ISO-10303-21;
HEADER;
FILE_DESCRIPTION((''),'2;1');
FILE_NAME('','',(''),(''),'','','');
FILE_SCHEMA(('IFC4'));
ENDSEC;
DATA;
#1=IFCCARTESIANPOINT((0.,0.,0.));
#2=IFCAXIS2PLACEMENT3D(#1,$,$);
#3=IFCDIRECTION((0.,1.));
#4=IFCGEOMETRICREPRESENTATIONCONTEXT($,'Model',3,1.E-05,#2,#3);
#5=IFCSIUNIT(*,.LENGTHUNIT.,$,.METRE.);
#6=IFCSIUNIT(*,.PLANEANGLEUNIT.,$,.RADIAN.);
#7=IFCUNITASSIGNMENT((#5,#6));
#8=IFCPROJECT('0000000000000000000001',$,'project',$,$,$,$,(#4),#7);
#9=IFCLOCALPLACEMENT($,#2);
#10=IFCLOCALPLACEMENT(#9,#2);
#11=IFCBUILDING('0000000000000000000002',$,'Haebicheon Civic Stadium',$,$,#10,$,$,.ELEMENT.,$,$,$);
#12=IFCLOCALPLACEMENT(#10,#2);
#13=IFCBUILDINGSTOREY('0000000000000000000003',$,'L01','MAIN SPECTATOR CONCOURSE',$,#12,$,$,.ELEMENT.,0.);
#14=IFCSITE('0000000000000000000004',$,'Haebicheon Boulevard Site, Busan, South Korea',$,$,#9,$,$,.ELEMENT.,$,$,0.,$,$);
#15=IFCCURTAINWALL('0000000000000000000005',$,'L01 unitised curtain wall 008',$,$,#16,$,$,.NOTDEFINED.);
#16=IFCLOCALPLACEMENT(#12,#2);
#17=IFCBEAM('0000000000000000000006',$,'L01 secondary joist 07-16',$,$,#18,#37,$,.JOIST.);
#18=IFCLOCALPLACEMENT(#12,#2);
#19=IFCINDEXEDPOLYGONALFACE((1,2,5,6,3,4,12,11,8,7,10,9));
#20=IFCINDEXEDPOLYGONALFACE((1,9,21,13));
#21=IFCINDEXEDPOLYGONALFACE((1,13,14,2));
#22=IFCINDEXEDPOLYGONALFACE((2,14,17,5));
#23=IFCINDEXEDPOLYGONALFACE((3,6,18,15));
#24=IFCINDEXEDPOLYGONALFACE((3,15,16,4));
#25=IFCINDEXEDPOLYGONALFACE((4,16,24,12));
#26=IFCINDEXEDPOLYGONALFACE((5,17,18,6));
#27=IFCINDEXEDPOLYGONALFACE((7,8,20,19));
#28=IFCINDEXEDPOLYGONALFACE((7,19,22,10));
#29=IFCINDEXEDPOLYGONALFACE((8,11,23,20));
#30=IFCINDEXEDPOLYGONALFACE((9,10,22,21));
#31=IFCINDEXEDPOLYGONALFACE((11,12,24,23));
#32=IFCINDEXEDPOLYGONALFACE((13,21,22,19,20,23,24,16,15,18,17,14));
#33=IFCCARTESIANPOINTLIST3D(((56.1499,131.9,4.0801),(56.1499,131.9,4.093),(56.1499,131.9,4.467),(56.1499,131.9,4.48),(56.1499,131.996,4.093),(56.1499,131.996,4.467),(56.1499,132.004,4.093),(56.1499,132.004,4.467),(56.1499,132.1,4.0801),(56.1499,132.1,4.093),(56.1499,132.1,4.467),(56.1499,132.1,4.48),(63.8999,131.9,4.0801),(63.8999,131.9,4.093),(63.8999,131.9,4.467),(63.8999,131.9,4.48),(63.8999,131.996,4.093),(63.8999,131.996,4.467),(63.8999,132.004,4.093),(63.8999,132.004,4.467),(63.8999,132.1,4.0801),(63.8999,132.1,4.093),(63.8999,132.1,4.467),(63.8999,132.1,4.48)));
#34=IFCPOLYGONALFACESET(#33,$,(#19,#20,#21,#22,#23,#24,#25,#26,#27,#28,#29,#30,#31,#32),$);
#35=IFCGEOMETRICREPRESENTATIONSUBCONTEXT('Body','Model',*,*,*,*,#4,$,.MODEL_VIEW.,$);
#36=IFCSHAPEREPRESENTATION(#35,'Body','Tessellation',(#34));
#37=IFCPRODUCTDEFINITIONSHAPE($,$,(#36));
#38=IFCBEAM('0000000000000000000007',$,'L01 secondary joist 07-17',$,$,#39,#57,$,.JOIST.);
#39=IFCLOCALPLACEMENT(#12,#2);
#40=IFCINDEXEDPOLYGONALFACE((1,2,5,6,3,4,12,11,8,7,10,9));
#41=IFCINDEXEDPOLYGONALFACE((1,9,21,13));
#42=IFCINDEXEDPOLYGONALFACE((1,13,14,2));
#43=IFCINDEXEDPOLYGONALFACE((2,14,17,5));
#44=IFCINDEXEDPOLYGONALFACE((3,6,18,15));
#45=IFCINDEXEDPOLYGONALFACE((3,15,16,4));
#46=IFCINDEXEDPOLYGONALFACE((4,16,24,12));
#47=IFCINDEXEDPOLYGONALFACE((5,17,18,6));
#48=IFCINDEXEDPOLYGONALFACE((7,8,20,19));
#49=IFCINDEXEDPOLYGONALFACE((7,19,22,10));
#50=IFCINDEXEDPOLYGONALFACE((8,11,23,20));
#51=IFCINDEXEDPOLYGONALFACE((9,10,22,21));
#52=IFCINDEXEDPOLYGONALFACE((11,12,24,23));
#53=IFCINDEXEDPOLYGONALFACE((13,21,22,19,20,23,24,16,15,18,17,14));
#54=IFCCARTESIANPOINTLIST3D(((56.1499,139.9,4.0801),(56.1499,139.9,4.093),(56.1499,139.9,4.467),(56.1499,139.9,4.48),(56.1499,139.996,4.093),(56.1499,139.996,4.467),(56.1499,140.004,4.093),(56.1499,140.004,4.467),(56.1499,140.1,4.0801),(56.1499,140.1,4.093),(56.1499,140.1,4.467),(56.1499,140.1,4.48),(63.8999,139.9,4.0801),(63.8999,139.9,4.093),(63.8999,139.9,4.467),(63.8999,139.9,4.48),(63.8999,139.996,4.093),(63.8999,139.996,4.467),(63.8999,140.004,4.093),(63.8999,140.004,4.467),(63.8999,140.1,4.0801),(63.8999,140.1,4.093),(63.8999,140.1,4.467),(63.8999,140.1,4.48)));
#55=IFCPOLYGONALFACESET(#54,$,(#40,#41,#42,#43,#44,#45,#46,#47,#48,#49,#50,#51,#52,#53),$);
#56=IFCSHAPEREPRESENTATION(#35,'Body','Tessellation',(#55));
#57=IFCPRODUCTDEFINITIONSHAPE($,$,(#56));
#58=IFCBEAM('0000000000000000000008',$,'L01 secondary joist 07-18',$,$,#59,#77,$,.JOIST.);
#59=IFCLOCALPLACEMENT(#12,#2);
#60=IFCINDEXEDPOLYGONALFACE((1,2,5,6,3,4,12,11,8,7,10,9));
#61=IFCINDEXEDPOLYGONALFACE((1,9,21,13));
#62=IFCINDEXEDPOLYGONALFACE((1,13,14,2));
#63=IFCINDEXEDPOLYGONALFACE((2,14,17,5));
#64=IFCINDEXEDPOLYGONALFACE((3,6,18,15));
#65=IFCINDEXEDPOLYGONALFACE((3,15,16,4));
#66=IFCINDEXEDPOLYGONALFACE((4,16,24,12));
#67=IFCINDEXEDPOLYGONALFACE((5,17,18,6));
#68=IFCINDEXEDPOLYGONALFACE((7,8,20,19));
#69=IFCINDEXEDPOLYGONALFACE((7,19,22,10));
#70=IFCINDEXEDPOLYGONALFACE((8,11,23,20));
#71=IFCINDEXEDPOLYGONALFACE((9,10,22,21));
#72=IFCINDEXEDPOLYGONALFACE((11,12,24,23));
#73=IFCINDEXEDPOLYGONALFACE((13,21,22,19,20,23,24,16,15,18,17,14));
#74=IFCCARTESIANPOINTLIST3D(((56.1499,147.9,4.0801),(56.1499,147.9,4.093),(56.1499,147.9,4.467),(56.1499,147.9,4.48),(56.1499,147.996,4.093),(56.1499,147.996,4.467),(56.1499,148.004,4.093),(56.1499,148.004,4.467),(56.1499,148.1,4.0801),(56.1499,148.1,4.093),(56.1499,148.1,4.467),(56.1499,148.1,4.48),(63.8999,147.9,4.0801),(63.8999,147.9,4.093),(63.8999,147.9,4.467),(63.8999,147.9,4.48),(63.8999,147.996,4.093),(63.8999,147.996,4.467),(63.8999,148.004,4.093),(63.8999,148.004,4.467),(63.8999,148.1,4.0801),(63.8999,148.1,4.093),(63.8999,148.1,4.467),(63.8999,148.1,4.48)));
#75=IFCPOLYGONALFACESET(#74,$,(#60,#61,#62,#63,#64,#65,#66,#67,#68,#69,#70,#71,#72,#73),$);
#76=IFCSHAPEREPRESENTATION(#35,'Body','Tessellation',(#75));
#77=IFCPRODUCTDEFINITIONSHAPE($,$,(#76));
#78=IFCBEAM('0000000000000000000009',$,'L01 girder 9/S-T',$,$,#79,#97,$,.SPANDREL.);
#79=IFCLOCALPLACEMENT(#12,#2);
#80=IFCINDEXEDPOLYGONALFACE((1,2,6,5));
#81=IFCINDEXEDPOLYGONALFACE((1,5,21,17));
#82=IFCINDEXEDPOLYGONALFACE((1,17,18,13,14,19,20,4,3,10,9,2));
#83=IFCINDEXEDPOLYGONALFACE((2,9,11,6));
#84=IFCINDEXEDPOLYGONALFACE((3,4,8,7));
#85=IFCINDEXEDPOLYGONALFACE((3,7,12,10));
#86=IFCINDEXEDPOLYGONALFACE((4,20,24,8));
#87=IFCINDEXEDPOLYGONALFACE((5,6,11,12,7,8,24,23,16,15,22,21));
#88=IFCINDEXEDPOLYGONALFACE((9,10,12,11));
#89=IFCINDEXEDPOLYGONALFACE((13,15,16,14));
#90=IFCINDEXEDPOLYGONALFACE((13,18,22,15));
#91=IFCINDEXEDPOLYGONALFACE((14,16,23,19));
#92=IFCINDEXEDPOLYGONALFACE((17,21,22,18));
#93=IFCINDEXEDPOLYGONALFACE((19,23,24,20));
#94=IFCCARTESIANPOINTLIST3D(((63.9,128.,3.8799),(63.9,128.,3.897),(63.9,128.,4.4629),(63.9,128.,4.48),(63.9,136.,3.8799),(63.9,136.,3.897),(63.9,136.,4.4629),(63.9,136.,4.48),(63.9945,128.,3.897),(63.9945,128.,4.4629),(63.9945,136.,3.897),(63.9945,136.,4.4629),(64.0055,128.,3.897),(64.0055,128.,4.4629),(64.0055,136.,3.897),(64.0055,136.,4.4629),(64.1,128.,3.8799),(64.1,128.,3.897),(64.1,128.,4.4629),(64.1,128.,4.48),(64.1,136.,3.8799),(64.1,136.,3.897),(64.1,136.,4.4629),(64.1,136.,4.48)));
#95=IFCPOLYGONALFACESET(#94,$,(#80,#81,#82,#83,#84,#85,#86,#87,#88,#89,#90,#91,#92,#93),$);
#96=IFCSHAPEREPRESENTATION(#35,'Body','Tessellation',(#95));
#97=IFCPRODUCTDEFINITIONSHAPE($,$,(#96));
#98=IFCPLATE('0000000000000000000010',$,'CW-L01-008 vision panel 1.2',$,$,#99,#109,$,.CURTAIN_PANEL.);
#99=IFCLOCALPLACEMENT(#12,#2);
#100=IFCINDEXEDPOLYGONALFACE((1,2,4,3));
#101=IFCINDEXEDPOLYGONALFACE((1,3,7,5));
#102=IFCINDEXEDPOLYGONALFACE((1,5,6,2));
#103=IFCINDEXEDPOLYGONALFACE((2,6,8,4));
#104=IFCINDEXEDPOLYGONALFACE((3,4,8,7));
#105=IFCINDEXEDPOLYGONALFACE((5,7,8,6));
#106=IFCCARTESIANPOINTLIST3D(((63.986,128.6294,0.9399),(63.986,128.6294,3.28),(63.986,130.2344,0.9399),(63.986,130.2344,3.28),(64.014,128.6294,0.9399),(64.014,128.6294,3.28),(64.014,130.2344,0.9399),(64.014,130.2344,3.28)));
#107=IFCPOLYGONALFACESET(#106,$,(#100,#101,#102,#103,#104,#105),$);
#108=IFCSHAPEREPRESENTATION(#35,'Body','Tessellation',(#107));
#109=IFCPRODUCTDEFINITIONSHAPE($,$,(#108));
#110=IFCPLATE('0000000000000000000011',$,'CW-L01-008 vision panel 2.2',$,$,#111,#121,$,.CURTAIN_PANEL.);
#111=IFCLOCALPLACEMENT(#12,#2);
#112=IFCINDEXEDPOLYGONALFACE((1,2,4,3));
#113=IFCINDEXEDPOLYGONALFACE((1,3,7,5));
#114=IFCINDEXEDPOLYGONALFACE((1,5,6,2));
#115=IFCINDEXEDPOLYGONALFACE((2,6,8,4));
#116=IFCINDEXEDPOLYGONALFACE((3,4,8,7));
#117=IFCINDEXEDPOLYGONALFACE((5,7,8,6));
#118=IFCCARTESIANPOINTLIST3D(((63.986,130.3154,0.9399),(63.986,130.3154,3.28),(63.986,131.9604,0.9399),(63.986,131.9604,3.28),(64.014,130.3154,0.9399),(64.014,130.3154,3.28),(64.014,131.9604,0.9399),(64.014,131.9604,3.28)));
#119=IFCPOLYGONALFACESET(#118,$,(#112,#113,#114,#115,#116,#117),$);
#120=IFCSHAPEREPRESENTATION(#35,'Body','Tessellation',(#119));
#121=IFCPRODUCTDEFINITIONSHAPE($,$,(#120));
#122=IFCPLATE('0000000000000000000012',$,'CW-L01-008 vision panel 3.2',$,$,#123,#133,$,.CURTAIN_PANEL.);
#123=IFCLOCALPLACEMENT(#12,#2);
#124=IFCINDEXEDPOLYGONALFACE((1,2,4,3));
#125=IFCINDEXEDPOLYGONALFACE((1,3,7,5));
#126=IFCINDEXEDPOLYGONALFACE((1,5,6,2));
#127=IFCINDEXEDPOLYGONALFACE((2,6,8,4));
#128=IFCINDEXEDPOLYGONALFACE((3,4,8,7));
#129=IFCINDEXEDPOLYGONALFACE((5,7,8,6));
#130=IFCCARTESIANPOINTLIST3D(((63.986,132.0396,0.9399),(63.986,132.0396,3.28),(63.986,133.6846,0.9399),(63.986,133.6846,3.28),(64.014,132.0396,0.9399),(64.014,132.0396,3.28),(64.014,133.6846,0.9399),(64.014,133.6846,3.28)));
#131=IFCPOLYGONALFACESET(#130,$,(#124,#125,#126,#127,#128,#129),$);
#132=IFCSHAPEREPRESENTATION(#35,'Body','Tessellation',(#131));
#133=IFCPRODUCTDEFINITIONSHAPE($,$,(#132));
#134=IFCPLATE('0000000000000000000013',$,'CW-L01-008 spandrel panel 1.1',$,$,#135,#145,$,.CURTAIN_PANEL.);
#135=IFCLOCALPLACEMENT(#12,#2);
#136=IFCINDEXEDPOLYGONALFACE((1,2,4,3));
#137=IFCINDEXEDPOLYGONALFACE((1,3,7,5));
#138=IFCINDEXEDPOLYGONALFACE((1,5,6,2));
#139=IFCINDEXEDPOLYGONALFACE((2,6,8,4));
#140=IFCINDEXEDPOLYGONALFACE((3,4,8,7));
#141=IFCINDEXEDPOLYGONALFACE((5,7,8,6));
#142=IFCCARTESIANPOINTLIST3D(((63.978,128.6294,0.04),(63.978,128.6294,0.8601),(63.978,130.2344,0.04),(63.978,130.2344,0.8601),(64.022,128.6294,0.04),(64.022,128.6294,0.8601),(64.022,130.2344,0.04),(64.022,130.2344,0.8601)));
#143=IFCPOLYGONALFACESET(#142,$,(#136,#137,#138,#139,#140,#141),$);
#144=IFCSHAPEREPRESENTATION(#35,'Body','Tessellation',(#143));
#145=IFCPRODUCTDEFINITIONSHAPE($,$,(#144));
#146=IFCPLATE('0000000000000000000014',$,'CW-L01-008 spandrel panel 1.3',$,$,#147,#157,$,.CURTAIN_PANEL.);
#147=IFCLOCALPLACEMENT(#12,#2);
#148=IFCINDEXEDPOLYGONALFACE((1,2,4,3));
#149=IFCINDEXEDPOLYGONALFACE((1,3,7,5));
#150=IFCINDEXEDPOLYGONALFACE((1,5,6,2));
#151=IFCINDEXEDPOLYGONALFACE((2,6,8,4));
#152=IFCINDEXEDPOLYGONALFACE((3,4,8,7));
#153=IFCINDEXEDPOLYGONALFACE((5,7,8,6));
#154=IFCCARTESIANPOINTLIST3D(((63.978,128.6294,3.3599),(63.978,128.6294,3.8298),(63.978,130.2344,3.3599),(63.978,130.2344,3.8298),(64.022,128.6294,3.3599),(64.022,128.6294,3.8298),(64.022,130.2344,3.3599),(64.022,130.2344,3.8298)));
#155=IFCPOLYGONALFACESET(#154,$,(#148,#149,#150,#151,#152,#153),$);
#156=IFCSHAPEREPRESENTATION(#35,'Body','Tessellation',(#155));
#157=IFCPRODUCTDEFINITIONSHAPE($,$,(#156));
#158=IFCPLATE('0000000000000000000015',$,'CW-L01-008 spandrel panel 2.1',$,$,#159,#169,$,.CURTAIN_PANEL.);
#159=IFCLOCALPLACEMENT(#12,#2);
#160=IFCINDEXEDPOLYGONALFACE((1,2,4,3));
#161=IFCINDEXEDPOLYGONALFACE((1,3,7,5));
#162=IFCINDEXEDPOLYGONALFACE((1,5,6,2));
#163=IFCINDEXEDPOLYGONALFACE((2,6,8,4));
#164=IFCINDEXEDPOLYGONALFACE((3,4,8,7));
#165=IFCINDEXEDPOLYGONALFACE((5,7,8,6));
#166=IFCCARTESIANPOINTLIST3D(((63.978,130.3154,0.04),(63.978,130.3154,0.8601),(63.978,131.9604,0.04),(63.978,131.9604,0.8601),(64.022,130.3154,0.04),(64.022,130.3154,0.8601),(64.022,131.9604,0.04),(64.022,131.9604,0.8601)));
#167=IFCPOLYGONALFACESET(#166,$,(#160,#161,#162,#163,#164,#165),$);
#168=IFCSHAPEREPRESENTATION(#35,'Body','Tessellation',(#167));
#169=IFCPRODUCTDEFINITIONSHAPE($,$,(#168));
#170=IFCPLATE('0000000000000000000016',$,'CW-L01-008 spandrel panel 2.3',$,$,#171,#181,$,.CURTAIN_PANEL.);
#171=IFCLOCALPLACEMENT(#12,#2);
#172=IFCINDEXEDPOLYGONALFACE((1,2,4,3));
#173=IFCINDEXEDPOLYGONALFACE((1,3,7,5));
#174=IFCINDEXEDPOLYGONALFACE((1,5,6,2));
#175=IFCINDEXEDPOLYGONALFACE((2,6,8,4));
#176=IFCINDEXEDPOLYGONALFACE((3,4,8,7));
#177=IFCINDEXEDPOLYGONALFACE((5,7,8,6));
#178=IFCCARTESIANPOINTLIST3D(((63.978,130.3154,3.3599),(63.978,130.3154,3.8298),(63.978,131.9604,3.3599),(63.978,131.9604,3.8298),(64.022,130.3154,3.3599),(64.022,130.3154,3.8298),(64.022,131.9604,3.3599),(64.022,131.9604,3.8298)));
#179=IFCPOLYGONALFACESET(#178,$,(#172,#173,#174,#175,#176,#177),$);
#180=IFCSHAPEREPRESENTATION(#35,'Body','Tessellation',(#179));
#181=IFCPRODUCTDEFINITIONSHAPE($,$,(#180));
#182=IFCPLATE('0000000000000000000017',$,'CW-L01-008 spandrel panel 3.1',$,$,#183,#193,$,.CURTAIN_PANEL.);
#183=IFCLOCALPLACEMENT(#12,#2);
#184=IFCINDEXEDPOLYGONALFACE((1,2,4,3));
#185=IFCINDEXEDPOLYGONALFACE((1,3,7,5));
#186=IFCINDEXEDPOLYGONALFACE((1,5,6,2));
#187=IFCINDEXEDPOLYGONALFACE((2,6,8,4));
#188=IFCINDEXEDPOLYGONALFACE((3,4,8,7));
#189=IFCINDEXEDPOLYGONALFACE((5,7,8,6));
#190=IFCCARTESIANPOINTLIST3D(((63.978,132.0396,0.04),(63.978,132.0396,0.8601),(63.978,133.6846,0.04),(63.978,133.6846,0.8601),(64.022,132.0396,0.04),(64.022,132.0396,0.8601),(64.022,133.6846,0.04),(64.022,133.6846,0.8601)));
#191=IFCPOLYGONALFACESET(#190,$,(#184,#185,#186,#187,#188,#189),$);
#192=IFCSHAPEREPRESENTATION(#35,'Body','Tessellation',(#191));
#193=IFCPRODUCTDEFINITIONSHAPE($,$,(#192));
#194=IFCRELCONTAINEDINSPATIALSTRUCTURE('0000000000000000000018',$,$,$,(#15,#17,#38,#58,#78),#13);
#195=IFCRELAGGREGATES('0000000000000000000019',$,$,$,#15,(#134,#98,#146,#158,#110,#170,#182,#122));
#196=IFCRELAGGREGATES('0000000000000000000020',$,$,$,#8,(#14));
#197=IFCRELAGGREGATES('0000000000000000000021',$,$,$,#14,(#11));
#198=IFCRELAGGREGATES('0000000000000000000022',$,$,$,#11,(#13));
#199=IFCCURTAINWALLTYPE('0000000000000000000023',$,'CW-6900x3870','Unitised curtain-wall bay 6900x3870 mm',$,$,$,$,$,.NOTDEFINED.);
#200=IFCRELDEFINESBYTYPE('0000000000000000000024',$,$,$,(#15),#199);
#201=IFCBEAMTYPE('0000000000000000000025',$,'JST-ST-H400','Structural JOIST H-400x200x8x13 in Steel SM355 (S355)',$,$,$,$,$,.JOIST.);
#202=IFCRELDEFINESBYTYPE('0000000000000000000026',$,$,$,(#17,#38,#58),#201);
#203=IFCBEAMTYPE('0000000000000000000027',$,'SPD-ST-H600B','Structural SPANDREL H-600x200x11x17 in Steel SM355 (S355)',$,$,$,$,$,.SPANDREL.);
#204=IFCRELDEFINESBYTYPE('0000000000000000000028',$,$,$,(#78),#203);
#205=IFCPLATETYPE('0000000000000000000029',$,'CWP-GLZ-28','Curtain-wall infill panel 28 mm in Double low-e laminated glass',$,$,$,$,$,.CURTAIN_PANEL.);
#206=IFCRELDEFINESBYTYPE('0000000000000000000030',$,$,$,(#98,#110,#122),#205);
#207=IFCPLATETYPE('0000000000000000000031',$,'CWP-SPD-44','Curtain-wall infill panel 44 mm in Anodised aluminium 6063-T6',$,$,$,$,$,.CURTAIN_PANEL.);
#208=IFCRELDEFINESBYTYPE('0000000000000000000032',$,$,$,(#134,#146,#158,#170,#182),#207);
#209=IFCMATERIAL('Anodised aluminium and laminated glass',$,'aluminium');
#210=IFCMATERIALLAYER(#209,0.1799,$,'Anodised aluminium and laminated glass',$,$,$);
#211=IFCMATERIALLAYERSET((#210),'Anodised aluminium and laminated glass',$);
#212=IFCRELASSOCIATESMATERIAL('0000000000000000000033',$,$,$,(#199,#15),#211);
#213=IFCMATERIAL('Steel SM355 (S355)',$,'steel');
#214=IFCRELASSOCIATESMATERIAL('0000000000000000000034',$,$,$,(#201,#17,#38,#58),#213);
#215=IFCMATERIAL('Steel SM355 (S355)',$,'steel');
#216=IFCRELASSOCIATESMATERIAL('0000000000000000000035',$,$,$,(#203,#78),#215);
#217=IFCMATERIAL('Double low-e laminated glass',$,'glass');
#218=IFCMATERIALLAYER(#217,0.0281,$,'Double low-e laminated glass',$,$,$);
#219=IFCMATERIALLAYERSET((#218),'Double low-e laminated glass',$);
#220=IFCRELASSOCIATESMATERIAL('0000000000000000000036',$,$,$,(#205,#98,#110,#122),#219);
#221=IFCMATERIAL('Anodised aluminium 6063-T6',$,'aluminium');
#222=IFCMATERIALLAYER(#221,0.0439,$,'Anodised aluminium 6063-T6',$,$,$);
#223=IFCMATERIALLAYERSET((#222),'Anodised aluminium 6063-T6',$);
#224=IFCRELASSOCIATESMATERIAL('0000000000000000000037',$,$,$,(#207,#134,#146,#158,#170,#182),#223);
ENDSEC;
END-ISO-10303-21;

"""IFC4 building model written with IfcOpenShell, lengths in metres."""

from ifc_helpers import new_model, si_unit, direction, frame, origin, origin_2d, place, context, subcontext, project, spatial, rectangle, i_section, extrude, material, layer, layer_set, material_profile, profile_set, type_object, element, aggregate, save


model = new_model("IFC4")

# Units and contexts
model_context = context("Model", 3, precision=1e-05, world=origin(), true_north=direction((0.0, 1.0)))
body_context = subcontext(model_context, "Body", "Model", "MODEL_VIEW")
ifc_project = project(units=[si_unit("LENGTHUNIT", "METRE"), si_unit("PLANEANGLEUNIT", "RADIAN")], contexts=[model_context])

# Site, building, storey
site_placement = place(None, origin())
site = spatial("IfcSite", under=ifc_project, at=site_placement, Name="Haebicheon Boulevard Site, Busan, South Korea", CompositionType="ELEMENT", RefElevation=0.0)
building_placement = place(site_placement, origin())
building = spatial("IfcBuilding", under=site, at=building_placement, Name="Haebicheon Civic Stadium", CompositionType="ELEMENT")
storey_placement = place(building_placement, origin())
storey = spatial("IfcBuildingStorey", under=building, at=storey_placement, Name="L01", Description="MAIN SPECTATOR CONCOURSE", CompositionType="ELEMENT", Elevation=0.0)

# Curtain wall
ifc_material_1 = material(Name="Anodised aluminium and laminated glass", Category="aluminium")
ifc_layer_1 = layer(ifc_material_1, 0.1799, Name="Anodised aluminium and laminated glass")
ifc_layer_set_1 = layer_set([ifc_layer_1], Name="Anodised aluminium and laminated glass")
curtain_wall_type = type_object("IfcCurtainWallType", Name="CW-6900x3870", Description="Unitised curtain-wall bay 6900x3870 mm", PredefinedType="NOTDEFINED", material=ifc_layer_set_1)
curtain_wall_placement = place(storey_placement, origin())
curtain_wall = element("IfcCurtainWall", 1, at=curtain_wall_placement, inside=storey, type_object=curtain_wall_type, material=ifc_layer_set_1, Name="L01 unitised curtain wall 008", PredefinedType="NOTDEFINED")

# Beams
ifc_material_2 = material(Name="Steel SM355 (S355)", Category="steel")
ifc_material_profile_1 = material_profile(ifc_material_2, i_section(OverallWidth=0.2, OverallDepth=0.3999, WebThickness=0.0081, FlangeThickness=0.0129, at=origin_2d()), Name="H-400x200x8x13")
ifc_profile_set_1 = profile_set([ifc_material_profile_1], Name="Steel SM355 (S355)")
beam_type_1 = type_object("IfcBeamType", Name="JST-ST-H400", Description="Structural JOIST H-400x200x8x13 in Steel SM355 (S355)", PredefinedType="JOIST", material=ifc_profile_set_1)
for number, where, z_axis, x_axis, name in (
    (2, (56.1499, 132.0, 4.28), (1.0, 0.0, 0.0), (0.0, 1.0, 0.0), "L01 secondary joist 07-16"),
    (3, (56.1499, 140.0, 4.28), (1.0, 0.0, 0.0), (0.0, 1.0, 0.0), "L01 secondary joist 07-17"),
    (4, (56.1499, 148.0, 4.28), (1.0, 0.0, 0.0), (0.0, 1.0, 0.0), "L01 secondary joist 07-18"),
):
    element("IfcBeam", number, at=place(storey_placement, frame(where, z_axis=z_axis, x_axis=x_axis)), inside=storey, type_object=beam_type_1, material=ifc_profile_set_1, Name=name, PredefinedType="JOIST", context=body_context, shape_type="SweptSolid", body=[
        extrude(i_section(OverallWidth=0.2, OverallDepth=0.3999, WebThickness=0.0081, FlangeThickness=0.0129, at=origin_2d()), origin(), (0.0, 0.0, 1.0), 7.75),
    ])
ifc_material_3 = material(Name="Steel SM355 (S355)", Category="steel")
ifc_material_profile_2 = material_profile(ifc_material_3, i_section(OverallWidth=0.2, OverallDepth=0.6001, WebThickness=0.011, FlangeThickness=0.0171, at=origin_2d()), Name="H-600x200x11x17")
ifc_profile_set_2 = profile_set([ifc_material_profile_2], Name="Steel SM355 (S355)")
beam_type_2 = type_object("IfcBeamType", Name="SPD-ST-H600B", Description="Structural SPANDREL H-600x200x11x17 in Steel SM355 (S355)", PredefinedType="SPANDREL", material=ifc_profile_set_2)
beam_1_placement = place(storey_placement, frame((64.0, 128.0, 4.1799), z_axis=(0.0, 1.0, 0.0), x_axis=(-1.0, 0.0, 0.0)))
element("IfcBeam", 5, at=beam_1_placement, inside=storey, type_object=beam_type_2, material=ifc_profile_set_2, Name="L01 girder 9/S-T", PredefinedType="SPANDREL", context=body_context, shape_type="SweptSolid", body=[
    extrude(i_section(OverallWidth=0.2, OverallDepth=0.6001, WebThickness=0.011, FlangeThickness=0.0171, at=origin_2d()), origin(), (0.0, 0.0, 1.0), 8.0),
])

# Plates
ifc_material_4 = material(Name="Double low-e laminated glass", Category="glass")
ifc_layer_2 = layer(ifc_material_4, 0.0281, Name="Double low-e laminated glass")
ifc_layer_set_2 = layer_set([ifc_layer_2], Name="Double low-e laminated glass")
plate_type_1 = type_object("IfcPlateType", Name="CWP-GLZ-28", Description="Curtain-wall infill panel 28 mm in Double low-e laminated glass", PredefinedType="CURTAIN_PANEL", material=ifc_layer_set_2)
plate_1_placement = place(storey_placement, frame((64.0, 129.4319, 0.9399), z_axis=(0.0, 0.0, 1.0), x_axis=(0.0, 1.0, 0.0)))
plate_1 = element("IfcPlate", 6, at=plate_1_placement, type_object=plate_type_1, material=ifc_layer_set_2, Name="CW-L01-008 vision panel 1.2", PredefinedType="CURTAIN_PANEL", context=body_context, shape_type="SweptSolid", body=[
    extrude(rectangle(XDim=1.605, YDim=0.0281, at=origin_2d()), origin(), (0.0, 0.0, 1.0), 2.3401),
])
plate_2_placement = place(storey_placement, frame((64.0, 131.1379, 0.9399), z_axis=(0.0, 0.0, 1.0), x_axis=(0.0, 1.0, 0.0)))
plate_2 = element("IfcPlate", 7, at=plate_2_placement, type_object=plate_type_1, material=ifc_layer_set_2, Name="CW-L01-008 vision panel 2.2", PredefinedType="CURTAIN_PANEL", context=body_context, shape_type="SweptSolid", body=[
    extrude(rectangle(XDim=1.645, YDim=0.0281, at=origin_2d()), origin(), (0.0, 0.0, 1.0), 2.3401),
])
plate_3_placement = place(storey_placement, frame((64.0, 132.8621, 0.9399), z_axis=(0.0, 0.0, 1.0), x_axis=(0.0, 1.0, 0.0)))
plate_3 = element("IfcPlate", 8, at=plate_3_placement, type_object=plate_type_1, material=ifc_layer_set_2, Name="CW-L01-008 vision panel 3.2", PredefinedType="CURTAIN_PANEL", context=body_context, shape_type="SweptSolid", body=[
    extrude(rectangle(XDim=1.645, YDim=0.0281, at=origin_2d()), origin(), (0.0, 0.0, 1.0), 2.3401),
])
ifc_material_5 = material(Name="Anodised aluminium 6063-T6", Category="aluminium")
ifc_layer_3 = layer(ifc_material_5, 0.0439, Name="Anodised aluminium 6063-T6")
ifc_layer_set_3 = layer_set([ifc_layer_3], Name="Anodised aluminium 6063-T6")
plate_type_2 = type_object("IfcPlateType", Name="CWP-SPD-44", Description="Curtain-wall infill panel 44 mm in Anodised aluminium 6063-T6", PredefinedType="CURTAIN_PANEL", material=ifc_layer_set_3)
plate_4_placement = place(storey_placement, frame((64.0, 129.4319, 0.04), z_axis=(0.0, 0.0, 1.0), x_axis=(0.0, 1.0, 0.0)))
plate_4 = element("IfcPlate", 9, at=plate_4_placement, type_object=plate_type_2, material=ifc_layer_set_3, Name="CW-L01-008 spandrel panel 1.1", PredefinedType="CURTAIN_PANEL", context=body_context, shape_type="SweptSolid", body=[
    extrude(rectangle(XDim=1.605, YDim=0.0439, at=origin_2d()), origin(), (0.0, 0.0, 1.0), 0.8201),
])
plate_5_placement = place(storey_placement, frame((64.0, 129.4319, 3.3599), z_axis=(0.0, 0.0, 1.0), x_axis=(0.0, 1.0, 0.0)))
plate_5 = element("IfcPlate", 10, at=plate_5_placement, type_object=plate_type_2, material=ifc_layer_set_3, Name="CW-L01-008 spandrel panel 1.3", PredefinedType="CURTAIN_PANEL", context=body_context, shape_type="SweptSolid", body=[
    extrude(rectangle(XDim=1.605, YDim=0.0439, at=origin_2d()), origin(), (0.0, 0.0, 1.0), 0.47),
])
plate_6_placement = place(storey_placement, frame((64.0, 131.1379, 0.04), z_axis=(0.0, 0.0, 1.0), x_axis=(0.0, 1.0, 0.0)))
plate_6 = element("IfcPlate", 11, at=plate_6_placement, type_object=plate_type_2, material=ifc_layer_set_3, Name="CW-L01-008 spandrel panel 2.1", PredefinedType="CURTAIN_PANEL", context=body_context, shape_type="SweptSolid", body=[
    extrude(rectangle(XDim=1.645, YDim=0.0439, at=origin_2d()), origin(), (0.0, 0.0, 1.0), 0.8201),
])
plate_7_placement = place(storey_placement, frame((64.0, 131.1379, 3.3599), z_axis=(0.0, 0.0, 1.0), x_axis=(0.0, 1.0, 0.0)))
plate_7 = element("IfcPlate", 12, at=plate_7_placement, type_object=plate_type_2, material=ifc_layer_set_3, Name="CW-L01-008 spandrel panel 2.3", PredefinedType="CURTAIN_PANEL", context=body_context, shape_type="SweptSolid", body=[
    extrude(rectangle(XDim=1.645, YDim=0.0439, at=origin_2d()), origin(), (0.0, 0.0, 1.0), 0.47),
])
plate_8_placement = place(storey_placement, frame((64.0, 132.8621, 0.04), z_axis=(0.0, 0.0, 1.0), x_axis=(0.0, 1.0, 0.0)))
plate_8 = element("IfcPlate", 13, at=plate_8_placement, type_object=plate_type_2, material=ifc_layer_set_3, Name="CW-L01-008 spandrel panel 3.1", PredefinedType="CURTAIN_PANEL", context=body_context, shape_type="SweptSolid", body=[
    extrude(rectangle(XDim=1.645, YDim=0.0439, at=origin_2d()), origin(), (0.0, 0.0, 1.0), 0.8201),
])
aggregate(curtain_wall, [plate_4, plate_1, plate_5, plate_6, plate_2, plate_7, plate_8, plate_3])

save(model, "model.ifc")
